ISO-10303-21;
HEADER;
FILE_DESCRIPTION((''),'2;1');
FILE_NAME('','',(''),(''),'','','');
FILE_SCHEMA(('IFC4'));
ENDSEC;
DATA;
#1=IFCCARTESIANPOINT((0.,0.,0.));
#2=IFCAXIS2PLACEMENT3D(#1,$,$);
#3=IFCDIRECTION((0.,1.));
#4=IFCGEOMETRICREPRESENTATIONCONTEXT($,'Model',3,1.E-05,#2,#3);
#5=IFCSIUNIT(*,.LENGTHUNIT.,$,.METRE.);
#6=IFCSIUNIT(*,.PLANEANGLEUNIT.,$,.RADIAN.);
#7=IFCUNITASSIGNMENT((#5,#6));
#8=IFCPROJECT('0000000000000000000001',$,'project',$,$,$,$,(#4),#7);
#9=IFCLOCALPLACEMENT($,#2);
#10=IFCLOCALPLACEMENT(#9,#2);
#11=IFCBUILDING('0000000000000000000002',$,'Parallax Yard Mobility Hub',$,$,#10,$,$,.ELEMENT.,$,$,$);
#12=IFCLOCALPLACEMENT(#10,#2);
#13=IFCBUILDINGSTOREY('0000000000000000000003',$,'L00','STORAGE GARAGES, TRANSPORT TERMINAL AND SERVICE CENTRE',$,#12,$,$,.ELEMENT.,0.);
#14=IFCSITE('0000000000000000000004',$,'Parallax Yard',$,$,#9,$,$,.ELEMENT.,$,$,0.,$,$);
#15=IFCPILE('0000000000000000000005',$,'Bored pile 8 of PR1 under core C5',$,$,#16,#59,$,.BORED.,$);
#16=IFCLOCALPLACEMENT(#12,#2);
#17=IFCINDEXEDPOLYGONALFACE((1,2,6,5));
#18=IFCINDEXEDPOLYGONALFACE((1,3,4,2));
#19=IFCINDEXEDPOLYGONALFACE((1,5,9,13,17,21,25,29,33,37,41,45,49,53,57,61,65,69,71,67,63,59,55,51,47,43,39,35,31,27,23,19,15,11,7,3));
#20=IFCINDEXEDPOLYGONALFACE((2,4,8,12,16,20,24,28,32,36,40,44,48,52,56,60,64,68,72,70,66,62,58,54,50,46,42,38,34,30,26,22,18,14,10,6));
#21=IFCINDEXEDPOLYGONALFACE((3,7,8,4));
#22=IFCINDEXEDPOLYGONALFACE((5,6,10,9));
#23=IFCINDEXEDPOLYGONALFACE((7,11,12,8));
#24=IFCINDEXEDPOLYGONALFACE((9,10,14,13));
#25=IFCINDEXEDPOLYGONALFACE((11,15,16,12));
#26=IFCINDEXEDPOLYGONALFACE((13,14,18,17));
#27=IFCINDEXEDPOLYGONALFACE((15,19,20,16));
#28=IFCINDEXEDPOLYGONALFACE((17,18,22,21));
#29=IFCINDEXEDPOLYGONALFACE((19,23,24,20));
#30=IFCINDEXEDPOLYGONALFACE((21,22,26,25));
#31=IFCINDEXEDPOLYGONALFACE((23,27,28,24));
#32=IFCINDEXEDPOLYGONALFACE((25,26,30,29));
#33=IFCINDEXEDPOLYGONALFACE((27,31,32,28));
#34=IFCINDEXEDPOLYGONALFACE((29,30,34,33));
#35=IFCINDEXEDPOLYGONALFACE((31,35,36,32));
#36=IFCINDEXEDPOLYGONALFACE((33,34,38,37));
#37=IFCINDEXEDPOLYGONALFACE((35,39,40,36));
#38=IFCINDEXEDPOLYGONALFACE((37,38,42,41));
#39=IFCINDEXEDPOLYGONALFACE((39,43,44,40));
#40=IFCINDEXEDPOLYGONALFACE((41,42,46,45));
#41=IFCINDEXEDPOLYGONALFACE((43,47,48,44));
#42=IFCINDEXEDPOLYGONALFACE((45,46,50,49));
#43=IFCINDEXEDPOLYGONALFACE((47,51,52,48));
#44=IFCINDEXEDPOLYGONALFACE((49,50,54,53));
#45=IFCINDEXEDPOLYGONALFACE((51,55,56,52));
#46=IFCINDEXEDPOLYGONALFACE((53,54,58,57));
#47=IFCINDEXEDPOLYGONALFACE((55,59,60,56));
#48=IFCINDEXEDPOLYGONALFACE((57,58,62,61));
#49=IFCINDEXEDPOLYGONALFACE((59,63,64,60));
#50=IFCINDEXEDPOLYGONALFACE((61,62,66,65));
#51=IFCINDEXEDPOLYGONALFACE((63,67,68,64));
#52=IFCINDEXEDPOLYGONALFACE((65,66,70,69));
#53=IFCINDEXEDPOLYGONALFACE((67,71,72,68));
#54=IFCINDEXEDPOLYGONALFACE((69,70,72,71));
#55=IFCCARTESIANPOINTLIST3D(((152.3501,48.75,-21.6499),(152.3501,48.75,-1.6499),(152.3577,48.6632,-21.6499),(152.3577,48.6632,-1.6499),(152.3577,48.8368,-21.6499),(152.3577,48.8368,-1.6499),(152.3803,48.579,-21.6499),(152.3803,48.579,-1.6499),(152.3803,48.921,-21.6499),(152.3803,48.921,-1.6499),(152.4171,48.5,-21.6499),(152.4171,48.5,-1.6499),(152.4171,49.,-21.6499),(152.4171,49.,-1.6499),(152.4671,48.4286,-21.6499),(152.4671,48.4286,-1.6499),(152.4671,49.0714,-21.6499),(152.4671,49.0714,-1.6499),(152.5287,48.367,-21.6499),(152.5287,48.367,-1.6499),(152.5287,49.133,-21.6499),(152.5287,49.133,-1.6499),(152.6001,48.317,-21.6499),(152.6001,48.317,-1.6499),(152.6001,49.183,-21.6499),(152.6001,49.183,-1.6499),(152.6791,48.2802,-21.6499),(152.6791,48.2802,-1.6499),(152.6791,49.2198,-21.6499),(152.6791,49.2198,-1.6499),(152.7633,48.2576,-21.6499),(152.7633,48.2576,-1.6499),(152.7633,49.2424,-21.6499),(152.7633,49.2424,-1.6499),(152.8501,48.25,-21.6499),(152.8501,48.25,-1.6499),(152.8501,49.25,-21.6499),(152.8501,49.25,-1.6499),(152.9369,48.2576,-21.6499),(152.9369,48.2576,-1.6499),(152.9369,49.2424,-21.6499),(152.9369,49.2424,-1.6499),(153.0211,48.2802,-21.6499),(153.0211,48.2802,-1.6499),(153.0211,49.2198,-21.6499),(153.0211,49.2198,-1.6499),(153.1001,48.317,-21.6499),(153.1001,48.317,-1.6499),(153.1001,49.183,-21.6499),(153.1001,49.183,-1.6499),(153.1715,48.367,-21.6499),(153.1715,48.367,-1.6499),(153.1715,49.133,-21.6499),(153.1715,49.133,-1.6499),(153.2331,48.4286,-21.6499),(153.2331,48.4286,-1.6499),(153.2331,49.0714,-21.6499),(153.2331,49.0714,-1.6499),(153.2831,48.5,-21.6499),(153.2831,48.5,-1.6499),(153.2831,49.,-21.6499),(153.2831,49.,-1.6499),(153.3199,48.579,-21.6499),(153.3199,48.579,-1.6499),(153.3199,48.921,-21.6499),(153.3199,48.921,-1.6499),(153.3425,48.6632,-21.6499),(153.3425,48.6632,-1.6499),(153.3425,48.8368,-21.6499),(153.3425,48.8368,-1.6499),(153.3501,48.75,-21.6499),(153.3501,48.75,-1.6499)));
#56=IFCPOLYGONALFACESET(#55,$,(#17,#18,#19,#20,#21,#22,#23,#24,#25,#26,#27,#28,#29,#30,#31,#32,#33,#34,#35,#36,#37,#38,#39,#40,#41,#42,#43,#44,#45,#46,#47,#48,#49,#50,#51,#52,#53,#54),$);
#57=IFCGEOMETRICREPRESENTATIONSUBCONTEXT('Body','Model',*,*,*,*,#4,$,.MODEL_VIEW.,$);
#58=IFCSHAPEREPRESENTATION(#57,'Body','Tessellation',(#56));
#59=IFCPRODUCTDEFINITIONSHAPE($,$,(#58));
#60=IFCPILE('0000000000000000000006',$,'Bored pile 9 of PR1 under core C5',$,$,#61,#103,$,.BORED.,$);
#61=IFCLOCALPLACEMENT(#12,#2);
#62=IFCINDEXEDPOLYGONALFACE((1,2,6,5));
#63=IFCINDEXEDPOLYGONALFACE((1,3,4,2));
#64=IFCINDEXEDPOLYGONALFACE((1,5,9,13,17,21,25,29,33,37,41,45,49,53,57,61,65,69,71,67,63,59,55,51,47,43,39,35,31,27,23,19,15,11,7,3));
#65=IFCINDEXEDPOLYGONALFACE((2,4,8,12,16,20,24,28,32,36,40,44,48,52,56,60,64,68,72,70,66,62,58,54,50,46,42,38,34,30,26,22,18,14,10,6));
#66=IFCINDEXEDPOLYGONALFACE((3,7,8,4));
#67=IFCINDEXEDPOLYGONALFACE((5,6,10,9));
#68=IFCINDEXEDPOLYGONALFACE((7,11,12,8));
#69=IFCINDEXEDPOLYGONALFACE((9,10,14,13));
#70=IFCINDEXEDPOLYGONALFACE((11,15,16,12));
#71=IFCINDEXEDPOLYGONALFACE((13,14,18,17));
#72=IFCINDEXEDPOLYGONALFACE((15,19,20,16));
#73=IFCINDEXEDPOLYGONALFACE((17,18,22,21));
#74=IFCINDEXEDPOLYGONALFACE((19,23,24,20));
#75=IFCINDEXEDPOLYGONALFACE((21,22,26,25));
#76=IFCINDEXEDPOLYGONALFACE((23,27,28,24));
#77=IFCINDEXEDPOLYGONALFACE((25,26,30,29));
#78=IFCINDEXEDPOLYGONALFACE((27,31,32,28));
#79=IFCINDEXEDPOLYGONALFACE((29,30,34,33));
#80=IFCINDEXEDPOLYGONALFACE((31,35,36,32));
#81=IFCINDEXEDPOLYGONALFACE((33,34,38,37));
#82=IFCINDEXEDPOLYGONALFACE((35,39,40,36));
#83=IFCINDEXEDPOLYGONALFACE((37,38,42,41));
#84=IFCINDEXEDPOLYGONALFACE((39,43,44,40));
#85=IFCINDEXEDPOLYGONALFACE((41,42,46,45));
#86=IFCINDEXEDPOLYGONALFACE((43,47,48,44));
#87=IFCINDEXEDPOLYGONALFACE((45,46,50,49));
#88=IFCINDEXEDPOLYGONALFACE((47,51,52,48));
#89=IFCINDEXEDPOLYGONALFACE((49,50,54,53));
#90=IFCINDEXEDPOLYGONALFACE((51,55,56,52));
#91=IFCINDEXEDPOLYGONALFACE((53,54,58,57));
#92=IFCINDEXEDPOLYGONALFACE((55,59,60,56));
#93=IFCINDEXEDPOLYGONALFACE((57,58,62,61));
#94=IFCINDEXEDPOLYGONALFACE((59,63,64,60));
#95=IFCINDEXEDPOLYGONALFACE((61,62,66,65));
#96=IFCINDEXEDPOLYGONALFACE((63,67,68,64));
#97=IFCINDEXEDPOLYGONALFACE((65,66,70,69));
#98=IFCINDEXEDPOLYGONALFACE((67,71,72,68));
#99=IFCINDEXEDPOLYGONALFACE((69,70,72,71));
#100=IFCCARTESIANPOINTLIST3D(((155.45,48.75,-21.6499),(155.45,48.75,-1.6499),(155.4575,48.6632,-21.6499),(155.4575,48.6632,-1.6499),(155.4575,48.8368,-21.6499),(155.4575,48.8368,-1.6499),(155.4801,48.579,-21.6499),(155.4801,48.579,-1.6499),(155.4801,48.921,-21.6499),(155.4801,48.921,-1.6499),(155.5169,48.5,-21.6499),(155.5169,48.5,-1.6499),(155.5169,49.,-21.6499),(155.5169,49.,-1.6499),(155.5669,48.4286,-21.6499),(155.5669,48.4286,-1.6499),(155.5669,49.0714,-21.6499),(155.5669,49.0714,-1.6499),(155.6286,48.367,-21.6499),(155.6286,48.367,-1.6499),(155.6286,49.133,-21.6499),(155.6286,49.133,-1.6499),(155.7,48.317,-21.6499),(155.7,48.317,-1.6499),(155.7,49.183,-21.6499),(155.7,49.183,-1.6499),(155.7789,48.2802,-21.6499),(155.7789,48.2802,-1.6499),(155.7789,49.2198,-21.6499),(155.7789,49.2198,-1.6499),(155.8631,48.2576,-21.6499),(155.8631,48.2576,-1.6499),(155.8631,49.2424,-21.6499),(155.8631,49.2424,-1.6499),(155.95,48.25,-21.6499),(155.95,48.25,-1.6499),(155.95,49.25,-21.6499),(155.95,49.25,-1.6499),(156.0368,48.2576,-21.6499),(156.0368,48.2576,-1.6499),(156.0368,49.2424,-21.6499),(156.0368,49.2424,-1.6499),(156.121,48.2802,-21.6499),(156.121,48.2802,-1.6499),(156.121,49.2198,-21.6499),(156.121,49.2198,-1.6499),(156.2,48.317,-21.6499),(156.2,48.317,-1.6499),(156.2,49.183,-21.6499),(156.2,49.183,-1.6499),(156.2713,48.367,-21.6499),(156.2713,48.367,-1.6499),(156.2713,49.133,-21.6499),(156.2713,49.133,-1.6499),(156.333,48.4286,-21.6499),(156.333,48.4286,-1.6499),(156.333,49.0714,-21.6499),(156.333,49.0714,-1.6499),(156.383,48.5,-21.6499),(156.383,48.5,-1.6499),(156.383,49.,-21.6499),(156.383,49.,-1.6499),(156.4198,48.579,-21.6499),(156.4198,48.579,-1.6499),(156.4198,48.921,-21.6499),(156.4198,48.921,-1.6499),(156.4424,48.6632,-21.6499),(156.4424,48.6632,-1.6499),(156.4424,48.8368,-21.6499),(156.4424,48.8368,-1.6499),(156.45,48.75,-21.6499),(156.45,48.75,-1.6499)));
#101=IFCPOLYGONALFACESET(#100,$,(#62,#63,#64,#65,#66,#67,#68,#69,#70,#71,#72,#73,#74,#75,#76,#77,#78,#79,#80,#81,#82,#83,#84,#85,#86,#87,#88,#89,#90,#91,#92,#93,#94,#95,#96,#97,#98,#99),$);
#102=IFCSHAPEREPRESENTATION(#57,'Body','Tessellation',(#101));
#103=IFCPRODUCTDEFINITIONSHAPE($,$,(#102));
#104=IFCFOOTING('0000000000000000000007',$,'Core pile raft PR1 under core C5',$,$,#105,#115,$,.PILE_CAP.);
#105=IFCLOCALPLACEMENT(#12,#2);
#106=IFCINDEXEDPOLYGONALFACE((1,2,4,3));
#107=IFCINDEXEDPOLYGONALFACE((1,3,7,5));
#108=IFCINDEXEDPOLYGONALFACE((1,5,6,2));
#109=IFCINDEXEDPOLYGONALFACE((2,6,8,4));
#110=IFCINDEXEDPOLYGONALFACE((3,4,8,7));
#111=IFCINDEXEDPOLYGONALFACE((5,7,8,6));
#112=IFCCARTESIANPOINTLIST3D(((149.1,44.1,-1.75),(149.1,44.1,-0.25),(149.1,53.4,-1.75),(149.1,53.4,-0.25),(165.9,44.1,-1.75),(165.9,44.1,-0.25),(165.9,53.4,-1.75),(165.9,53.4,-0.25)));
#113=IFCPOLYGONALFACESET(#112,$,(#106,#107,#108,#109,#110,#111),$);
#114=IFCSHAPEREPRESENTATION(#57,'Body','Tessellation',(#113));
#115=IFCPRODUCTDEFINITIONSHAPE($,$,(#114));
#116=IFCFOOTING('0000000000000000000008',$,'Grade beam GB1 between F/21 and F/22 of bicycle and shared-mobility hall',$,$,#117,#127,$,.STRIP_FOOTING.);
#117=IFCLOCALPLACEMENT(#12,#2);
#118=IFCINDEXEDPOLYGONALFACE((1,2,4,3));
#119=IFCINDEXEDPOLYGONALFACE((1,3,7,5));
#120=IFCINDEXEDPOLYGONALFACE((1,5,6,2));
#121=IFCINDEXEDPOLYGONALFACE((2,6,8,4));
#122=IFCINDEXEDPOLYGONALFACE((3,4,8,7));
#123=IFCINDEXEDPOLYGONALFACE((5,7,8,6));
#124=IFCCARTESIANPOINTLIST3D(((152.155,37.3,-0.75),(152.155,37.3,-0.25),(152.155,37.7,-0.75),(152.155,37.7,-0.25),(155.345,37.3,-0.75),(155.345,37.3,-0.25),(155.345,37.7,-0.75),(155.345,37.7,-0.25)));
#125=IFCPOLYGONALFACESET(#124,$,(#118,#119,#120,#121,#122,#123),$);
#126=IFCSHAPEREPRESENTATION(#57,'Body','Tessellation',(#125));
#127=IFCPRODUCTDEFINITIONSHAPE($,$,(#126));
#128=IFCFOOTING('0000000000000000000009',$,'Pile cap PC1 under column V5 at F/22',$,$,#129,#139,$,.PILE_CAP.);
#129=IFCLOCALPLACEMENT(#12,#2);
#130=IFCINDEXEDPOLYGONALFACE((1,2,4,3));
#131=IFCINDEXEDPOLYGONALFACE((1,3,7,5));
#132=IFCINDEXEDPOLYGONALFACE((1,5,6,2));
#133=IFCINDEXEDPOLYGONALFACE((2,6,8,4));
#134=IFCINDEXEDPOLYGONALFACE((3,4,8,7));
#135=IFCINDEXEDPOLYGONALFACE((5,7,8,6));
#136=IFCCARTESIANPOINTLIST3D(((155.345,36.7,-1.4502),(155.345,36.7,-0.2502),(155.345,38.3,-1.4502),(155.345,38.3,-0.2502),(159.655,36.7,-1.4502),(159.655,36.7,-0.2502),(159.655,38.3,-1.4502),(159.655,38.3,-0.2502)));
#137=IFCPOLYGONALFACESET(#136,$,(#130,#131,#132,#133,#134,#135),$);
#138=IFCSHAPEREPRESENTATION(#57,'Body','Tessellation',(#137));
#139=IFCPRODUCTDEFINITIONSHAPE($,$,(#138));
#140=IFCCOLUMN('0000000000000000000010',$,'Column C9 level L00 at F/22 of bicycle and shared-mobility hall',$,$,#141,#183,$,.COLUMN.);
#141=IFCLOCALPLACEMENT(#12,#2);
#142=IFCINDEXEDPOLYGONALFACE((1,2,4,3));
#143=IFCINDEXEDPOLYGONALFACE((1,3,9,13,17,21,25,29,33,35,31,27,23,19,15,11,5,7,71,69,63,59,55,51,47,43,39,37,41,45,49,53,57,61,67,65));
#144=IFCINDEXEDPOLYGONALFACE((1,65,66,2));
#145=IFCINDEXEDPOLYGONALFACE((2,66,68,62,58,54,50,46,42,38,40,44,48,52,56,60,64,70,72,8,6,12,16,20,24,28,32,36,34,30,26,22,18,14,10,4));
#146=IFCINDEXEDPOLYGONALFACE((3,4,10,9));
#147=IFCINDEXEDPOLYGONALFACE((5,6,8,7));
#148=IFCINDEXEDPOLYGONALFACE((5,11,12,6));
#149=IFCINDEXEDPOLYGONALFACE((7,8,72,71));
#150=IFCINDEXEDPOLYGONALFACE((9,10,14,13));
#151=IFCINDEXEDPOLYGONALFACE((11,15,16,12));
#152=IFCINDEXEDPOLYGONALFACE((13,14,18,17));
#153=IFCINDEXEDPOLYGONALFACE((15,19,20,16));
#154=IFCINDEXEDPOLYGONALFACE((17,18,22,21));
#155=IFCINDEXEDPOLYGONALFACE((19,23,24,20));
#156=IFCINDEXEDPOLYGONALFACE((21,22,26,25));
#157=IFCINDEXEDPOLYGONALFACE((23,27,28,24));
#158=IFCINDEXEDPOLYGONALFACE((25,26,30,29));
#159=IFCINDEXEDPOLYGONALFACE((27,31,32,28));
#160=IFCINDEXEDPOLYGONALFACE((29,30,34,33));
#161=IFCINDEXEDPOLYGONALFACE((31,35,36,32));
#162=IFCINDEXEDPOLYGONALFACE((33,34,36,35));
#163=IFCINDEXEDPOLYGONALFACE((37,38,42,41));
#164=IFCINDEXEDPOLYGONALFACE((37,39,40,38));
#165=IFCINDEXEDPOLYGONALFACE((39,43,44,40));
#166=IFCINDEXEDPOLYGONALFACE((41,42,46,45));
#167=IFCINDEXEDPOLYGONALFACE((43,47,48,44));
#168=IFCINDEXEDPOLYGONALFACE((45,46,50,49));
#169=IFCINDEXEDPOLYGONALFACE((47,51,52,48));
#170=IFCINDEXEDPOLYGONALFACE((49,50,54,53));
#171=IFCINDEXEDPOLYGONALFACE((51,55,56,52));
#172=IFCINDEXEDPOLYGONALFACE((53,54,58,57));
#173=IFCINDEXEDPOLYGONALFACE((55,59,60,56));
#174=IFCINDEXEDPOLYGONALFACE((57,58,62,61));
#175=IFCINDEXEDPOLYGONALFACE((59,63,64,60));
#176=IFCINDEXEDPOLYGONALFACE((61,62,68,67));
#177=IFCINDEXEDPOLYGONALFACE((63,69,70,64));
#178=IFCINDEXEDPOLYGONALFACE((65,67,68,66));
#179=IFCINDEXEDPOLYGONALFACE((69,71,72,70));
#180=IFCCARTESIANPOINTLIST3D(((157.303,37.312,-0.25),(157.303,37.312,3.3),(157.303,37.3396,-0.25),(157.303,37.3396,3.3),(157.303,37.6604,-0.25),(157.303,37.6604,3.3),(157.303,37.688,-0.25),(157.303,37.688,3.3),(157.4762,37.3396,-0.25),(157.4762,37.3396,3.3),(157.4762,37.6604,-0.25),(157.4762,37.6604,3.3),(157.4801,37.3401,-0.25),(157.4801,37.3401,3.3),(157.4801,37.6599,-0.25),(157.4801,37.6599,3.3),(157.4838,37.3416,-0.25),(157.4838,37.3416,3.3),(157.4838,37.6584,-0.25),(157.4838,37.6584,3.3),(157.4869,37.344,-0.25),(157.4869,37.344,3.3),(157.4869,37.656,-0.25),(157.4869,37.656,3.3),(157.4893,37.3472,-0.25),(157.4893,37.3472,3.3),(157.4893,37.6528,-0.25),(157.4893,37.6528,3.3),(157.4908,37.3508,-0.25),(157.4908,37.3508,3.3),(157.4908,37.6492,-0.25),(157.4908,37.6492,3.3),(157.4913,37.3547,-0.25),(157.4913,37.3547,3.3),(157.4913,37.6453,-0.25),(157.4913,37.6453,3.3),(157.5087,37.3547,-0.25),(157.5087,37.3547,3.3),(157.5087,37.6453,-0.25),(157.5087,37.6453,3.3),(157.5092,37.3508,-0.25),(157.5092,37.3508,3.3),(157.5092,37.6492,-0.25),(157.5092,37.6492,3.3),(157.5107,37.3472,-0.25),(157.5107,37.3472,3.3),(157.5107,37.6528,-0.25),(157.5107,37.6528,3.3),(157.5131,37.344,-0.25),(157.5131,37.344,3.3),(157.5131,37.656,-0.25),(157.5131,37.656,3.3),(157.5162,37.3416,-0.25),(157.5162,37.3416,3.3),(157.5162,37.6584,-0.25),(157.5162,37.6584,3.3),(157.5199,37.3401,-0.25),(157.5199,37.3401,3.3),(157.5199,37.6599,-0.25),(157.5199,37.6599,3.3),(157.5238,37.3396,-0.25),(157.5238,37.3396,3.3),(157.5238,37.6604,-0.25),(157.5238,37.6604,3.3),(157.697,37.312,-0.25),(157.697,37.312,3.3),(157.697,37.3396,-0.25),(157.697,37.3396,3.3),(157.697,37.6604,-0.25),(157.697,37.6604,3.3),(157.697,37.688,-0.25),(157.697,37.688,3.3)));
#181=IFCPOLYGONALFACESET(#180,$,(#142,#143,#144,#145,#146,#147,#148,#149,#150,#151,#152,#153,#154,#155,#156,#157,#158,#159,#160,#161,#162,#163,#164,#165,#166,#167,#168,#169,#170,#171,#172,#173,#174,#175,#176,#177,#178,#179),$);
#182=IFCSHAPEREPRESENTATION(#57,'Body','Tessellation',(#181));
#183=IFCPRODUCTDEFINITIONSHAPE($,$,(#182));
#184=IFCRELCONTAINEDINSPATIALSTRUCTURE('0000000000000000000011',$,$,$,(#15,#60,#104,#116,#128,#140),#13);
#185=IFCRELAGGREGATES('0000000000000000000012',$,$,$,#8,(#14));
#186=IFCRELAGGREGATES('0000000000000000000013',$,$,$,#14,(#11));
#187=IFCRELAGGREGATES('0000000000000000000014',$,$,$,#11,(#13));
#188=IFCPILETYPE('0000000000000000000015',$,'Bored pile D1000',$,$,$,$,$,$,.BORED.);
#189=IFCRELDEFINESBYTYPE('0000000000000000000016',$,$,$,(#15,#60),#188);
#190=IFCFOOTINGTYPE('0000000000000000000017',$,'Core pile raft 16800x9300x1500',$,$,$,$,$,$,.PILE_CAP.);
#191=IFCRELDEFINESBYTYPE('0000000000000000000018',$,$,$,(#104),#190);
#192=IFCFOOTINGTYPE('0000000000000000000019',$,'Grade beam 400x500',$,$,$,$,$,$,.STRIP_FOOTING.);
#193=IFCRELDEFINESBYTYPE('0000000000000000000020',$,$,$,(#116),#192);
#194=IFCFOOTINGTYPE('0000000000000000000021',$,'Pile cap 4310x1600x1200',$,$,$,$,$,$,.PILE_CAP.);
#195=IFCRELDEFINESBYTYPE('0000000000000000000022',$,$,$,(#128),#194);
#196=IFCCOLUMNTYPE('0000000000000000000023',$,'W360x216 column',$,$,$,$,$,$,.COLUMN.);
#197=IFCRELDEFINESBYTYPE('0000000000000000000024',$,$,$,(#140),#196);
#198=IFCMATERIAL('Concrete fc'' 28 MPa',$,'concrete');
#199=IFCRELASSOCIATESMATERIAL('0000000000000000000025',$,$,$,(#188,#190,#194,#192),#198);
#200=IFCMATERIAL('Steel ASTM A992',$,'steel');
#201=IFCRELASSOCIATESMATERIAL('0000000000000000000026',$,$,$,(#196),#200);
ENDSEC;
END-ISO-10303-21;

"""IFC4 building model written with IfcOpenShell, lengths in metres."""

from ifc_helpers import new_model, si_unit, direction, frame, origin, origin_2d, place, context, subcontext, project, spatial, rectangle, circle, i_section, extrude, material, material_profile, profile_set, type_object, element, save


model = new_model("IFC4")

# Units and contexts
model_context = context("Model", 3, precision=1e-05, world=origin(), true_north=direction((0.0, 1.0)))
body_context = subcontext(model_context, "Body", "Model", "MODEL_VIEW")
ifc_project = project(units=[si_unit("LENGTHUNIT", "METRE"), si_unit("PLANEANGLEUNIT", "RADIAN")], contexts=[model_context])

# Site, building, storey
site_placement = place(None, origin())
site = spatial("IfcSite", under=ifc_project, at=site_placement, Name="Parallax Yard", CompositionType="ELEMENT", RefElevation=0.0)
building_placement = place(site_placement, origin())
building = spatial("IfcBuilding", under=site, at=building_placement, Name="Parallax Yard Mobility Hub", CompositionType="ELEMENT")
storey_placement = place(building_placement, origin())
storey = spatial("IfcBuildingStorey", under=building, at=storey_placement, Name="L00", Description="STORAGE GARAGES, TRANSPORT TERMINAL AND SERVICE CENTRE", CompositionType="ELEMENT", Elevation=0.0)

# Piles
ifc_material_1 = material(Name="Concrete fc' 28 MPa", Category="concrete")
ifc_material_profile_1 = material_profile(ifc_material_1, circle(Radius=0.5, at=origin_2d()), Name="Bored pile D1000")
ifc_profile_set_1 = profile_set([ifc_material_profile_1], Name="Concrete fc' 28 MPa")
pile_type = type_object("IfcPileType", Name="Bored pile D1000", PredefinedType="BORED", material=ifc_profile_set_1)
for number, where, z_axis, x_axis, name in (
    (1, (152.8501, 48.75, -1.6499), (0.0, 0.0, -1.0), (1.0, 0.0, 0.0), "Bored pile 8 of PR1 under core C5"),
    (2, (155.95, 48.75, -1.6499), (0.0, 0.0, -1.0), (1.0, 0.0, 0.0), "Bored pile 9 of PR1 under core C5"),
):
    element("IfcPile", number, at=place(storey_placement, frame(where, z_axis=z_axis, x_axis=x_axis)), inside=storey, type_object=pile_type, Name=name, PredefinedType="BORED", context=body_context, shape_type="SweptSolid", body=[
        extrude(circle(Radius=0.5, at=origin_2d()), origin(), (0.0, 0.0, 1.0), 20.0),
    ])

# Footings
footing_type_1 = type_object("IfcFootingType", Name="Core pile raft 16800x9300x1500", PredefinedType="PILE_CAP", material=ifc_material_1)
footing_1_placement = place(storey_placement, frame((157.5, 48.75, -1.75), z_axis=(0.0, 0.0, 1.0), x_axis=(1.0, 0.0, 0.0)))
element("IfcFooting", 3, at=footing_1_placement, inside=storey, type_object=footing_type_1, Name="Core pile raft PR1 under core C5", PredefinedType="PILE_CAP", context=body_context, shape_type="SweptSolid", body=[
    extrude(rectangle(XDim=16.8, YDim=9.3, at=origin_2d()), origin(), (0.0, 0.0, 1.0), 1.5),
])
ifc_material_profile_2 = material_profile(ifc_material_1, rectangle(XDim=0.3999, YDim=0.5, at=origin_2d()), Name="Grade beam 400x500")
ifc_profile_set_2 = profile_set([ifc_material_profile_2], Name="Concrete fc' 28 MPa")
footing_type_2 = type_object("IfcFootingType", Name="Grade beam 400x500", PredefinedType="STRIP_FOOTING", material=ifc_profile_set_2)
footing_2_placement = place(storey_placement, frame((152.155, 37.5, -0.5), z_axis=(1.0, 0.0, 0.0), x_axis=(0.0, 1.0, 0.0)))
element("IfcFooting", 4, at=footing_2_placement, inside=storey, type_object=footing_type_2, Name="Grade beam GB1 between F/21 and F/22 of bicycle and shared-mobility hall", PredefinedType="STRIP_FOOTING", context=body_context, shape_type="SweptSolid", body=[
    extrude(rectangle(XDim=0.3999, YDim=0.5, at=origin_2d()), origin(), (0.0, 0.0, 1.0), 3.1899),
])
footing_type_3 = type_object("IfcFootingType", Name="Pile cap 4310x1600x1200", PredefinedType="PILE_CAP", material=ifc_material_1)
footing_3_placement = place(storey_placement, frame((157.5, 37.5, -1.4502), z_axis=(0.0, 0.0, 1.0), x_axis=(1.0, 0.0, 0.0)))
element("IfcFooting", 5, at=footing_3_placement, inside=storey, type_object=footing_type_3, Name="Pile cap PC1 under column V5 at F/22", PredefinedType="PILE_CAP", context=body_context, shape_type="SweptSolid", body=[
    extrude(rectangle(XDim=4.3101, YDim=1.6001, at=origin_2d()), origin(), (0.0, 0.0, 1.0), 1.2),
])

# Column
ifc_material_2 = material(Name="Steel ASTM A992", Category="steel")
ifc_material_profile_3 = material_profile(ifc_material_2, i_section(OverallWidth=0.394, OverallDepth=0.376, WebThickness=0.0173, FlangeThickness=0.0276, FilletRadius=0.0151, at=origin_2d()), Name="W360x216")
ifc_profile_set_3 = profile_set([ifc_material_profile_3], Name="Steel ASTM A992")
column_type = type_object("IfcColumnType", Name="W360x216 column", PredefinedType="COLUMN", material=ifc_profile_set_3)
column_placement = place(storey_placement, frame((157.5, 37.5, -0.25), z_axis=(0.0, 0.0, 1.0), x_axis=(1.0, 0.0, 0.0)))
element("IfcColumn", 6, at=column_placement, inside=storey, type_object=column_type, Name="Column C9 level L00 at F/22 of bicycle and shared-mobility hall", PredefinedType="COLUMN", context=body_context, shape_type="SweptSolid", body=[
    extrude(i_section(OverallWidth=0.394, OverallDepth=0.376, WebThickness=0.0173, FlangeThickness=0.0276, FilletRadius=0.0151, at=origin_2d()), origin(), (0.0, 0.0, 1.0), 3.55),
])

save(model, "model.ifc")
